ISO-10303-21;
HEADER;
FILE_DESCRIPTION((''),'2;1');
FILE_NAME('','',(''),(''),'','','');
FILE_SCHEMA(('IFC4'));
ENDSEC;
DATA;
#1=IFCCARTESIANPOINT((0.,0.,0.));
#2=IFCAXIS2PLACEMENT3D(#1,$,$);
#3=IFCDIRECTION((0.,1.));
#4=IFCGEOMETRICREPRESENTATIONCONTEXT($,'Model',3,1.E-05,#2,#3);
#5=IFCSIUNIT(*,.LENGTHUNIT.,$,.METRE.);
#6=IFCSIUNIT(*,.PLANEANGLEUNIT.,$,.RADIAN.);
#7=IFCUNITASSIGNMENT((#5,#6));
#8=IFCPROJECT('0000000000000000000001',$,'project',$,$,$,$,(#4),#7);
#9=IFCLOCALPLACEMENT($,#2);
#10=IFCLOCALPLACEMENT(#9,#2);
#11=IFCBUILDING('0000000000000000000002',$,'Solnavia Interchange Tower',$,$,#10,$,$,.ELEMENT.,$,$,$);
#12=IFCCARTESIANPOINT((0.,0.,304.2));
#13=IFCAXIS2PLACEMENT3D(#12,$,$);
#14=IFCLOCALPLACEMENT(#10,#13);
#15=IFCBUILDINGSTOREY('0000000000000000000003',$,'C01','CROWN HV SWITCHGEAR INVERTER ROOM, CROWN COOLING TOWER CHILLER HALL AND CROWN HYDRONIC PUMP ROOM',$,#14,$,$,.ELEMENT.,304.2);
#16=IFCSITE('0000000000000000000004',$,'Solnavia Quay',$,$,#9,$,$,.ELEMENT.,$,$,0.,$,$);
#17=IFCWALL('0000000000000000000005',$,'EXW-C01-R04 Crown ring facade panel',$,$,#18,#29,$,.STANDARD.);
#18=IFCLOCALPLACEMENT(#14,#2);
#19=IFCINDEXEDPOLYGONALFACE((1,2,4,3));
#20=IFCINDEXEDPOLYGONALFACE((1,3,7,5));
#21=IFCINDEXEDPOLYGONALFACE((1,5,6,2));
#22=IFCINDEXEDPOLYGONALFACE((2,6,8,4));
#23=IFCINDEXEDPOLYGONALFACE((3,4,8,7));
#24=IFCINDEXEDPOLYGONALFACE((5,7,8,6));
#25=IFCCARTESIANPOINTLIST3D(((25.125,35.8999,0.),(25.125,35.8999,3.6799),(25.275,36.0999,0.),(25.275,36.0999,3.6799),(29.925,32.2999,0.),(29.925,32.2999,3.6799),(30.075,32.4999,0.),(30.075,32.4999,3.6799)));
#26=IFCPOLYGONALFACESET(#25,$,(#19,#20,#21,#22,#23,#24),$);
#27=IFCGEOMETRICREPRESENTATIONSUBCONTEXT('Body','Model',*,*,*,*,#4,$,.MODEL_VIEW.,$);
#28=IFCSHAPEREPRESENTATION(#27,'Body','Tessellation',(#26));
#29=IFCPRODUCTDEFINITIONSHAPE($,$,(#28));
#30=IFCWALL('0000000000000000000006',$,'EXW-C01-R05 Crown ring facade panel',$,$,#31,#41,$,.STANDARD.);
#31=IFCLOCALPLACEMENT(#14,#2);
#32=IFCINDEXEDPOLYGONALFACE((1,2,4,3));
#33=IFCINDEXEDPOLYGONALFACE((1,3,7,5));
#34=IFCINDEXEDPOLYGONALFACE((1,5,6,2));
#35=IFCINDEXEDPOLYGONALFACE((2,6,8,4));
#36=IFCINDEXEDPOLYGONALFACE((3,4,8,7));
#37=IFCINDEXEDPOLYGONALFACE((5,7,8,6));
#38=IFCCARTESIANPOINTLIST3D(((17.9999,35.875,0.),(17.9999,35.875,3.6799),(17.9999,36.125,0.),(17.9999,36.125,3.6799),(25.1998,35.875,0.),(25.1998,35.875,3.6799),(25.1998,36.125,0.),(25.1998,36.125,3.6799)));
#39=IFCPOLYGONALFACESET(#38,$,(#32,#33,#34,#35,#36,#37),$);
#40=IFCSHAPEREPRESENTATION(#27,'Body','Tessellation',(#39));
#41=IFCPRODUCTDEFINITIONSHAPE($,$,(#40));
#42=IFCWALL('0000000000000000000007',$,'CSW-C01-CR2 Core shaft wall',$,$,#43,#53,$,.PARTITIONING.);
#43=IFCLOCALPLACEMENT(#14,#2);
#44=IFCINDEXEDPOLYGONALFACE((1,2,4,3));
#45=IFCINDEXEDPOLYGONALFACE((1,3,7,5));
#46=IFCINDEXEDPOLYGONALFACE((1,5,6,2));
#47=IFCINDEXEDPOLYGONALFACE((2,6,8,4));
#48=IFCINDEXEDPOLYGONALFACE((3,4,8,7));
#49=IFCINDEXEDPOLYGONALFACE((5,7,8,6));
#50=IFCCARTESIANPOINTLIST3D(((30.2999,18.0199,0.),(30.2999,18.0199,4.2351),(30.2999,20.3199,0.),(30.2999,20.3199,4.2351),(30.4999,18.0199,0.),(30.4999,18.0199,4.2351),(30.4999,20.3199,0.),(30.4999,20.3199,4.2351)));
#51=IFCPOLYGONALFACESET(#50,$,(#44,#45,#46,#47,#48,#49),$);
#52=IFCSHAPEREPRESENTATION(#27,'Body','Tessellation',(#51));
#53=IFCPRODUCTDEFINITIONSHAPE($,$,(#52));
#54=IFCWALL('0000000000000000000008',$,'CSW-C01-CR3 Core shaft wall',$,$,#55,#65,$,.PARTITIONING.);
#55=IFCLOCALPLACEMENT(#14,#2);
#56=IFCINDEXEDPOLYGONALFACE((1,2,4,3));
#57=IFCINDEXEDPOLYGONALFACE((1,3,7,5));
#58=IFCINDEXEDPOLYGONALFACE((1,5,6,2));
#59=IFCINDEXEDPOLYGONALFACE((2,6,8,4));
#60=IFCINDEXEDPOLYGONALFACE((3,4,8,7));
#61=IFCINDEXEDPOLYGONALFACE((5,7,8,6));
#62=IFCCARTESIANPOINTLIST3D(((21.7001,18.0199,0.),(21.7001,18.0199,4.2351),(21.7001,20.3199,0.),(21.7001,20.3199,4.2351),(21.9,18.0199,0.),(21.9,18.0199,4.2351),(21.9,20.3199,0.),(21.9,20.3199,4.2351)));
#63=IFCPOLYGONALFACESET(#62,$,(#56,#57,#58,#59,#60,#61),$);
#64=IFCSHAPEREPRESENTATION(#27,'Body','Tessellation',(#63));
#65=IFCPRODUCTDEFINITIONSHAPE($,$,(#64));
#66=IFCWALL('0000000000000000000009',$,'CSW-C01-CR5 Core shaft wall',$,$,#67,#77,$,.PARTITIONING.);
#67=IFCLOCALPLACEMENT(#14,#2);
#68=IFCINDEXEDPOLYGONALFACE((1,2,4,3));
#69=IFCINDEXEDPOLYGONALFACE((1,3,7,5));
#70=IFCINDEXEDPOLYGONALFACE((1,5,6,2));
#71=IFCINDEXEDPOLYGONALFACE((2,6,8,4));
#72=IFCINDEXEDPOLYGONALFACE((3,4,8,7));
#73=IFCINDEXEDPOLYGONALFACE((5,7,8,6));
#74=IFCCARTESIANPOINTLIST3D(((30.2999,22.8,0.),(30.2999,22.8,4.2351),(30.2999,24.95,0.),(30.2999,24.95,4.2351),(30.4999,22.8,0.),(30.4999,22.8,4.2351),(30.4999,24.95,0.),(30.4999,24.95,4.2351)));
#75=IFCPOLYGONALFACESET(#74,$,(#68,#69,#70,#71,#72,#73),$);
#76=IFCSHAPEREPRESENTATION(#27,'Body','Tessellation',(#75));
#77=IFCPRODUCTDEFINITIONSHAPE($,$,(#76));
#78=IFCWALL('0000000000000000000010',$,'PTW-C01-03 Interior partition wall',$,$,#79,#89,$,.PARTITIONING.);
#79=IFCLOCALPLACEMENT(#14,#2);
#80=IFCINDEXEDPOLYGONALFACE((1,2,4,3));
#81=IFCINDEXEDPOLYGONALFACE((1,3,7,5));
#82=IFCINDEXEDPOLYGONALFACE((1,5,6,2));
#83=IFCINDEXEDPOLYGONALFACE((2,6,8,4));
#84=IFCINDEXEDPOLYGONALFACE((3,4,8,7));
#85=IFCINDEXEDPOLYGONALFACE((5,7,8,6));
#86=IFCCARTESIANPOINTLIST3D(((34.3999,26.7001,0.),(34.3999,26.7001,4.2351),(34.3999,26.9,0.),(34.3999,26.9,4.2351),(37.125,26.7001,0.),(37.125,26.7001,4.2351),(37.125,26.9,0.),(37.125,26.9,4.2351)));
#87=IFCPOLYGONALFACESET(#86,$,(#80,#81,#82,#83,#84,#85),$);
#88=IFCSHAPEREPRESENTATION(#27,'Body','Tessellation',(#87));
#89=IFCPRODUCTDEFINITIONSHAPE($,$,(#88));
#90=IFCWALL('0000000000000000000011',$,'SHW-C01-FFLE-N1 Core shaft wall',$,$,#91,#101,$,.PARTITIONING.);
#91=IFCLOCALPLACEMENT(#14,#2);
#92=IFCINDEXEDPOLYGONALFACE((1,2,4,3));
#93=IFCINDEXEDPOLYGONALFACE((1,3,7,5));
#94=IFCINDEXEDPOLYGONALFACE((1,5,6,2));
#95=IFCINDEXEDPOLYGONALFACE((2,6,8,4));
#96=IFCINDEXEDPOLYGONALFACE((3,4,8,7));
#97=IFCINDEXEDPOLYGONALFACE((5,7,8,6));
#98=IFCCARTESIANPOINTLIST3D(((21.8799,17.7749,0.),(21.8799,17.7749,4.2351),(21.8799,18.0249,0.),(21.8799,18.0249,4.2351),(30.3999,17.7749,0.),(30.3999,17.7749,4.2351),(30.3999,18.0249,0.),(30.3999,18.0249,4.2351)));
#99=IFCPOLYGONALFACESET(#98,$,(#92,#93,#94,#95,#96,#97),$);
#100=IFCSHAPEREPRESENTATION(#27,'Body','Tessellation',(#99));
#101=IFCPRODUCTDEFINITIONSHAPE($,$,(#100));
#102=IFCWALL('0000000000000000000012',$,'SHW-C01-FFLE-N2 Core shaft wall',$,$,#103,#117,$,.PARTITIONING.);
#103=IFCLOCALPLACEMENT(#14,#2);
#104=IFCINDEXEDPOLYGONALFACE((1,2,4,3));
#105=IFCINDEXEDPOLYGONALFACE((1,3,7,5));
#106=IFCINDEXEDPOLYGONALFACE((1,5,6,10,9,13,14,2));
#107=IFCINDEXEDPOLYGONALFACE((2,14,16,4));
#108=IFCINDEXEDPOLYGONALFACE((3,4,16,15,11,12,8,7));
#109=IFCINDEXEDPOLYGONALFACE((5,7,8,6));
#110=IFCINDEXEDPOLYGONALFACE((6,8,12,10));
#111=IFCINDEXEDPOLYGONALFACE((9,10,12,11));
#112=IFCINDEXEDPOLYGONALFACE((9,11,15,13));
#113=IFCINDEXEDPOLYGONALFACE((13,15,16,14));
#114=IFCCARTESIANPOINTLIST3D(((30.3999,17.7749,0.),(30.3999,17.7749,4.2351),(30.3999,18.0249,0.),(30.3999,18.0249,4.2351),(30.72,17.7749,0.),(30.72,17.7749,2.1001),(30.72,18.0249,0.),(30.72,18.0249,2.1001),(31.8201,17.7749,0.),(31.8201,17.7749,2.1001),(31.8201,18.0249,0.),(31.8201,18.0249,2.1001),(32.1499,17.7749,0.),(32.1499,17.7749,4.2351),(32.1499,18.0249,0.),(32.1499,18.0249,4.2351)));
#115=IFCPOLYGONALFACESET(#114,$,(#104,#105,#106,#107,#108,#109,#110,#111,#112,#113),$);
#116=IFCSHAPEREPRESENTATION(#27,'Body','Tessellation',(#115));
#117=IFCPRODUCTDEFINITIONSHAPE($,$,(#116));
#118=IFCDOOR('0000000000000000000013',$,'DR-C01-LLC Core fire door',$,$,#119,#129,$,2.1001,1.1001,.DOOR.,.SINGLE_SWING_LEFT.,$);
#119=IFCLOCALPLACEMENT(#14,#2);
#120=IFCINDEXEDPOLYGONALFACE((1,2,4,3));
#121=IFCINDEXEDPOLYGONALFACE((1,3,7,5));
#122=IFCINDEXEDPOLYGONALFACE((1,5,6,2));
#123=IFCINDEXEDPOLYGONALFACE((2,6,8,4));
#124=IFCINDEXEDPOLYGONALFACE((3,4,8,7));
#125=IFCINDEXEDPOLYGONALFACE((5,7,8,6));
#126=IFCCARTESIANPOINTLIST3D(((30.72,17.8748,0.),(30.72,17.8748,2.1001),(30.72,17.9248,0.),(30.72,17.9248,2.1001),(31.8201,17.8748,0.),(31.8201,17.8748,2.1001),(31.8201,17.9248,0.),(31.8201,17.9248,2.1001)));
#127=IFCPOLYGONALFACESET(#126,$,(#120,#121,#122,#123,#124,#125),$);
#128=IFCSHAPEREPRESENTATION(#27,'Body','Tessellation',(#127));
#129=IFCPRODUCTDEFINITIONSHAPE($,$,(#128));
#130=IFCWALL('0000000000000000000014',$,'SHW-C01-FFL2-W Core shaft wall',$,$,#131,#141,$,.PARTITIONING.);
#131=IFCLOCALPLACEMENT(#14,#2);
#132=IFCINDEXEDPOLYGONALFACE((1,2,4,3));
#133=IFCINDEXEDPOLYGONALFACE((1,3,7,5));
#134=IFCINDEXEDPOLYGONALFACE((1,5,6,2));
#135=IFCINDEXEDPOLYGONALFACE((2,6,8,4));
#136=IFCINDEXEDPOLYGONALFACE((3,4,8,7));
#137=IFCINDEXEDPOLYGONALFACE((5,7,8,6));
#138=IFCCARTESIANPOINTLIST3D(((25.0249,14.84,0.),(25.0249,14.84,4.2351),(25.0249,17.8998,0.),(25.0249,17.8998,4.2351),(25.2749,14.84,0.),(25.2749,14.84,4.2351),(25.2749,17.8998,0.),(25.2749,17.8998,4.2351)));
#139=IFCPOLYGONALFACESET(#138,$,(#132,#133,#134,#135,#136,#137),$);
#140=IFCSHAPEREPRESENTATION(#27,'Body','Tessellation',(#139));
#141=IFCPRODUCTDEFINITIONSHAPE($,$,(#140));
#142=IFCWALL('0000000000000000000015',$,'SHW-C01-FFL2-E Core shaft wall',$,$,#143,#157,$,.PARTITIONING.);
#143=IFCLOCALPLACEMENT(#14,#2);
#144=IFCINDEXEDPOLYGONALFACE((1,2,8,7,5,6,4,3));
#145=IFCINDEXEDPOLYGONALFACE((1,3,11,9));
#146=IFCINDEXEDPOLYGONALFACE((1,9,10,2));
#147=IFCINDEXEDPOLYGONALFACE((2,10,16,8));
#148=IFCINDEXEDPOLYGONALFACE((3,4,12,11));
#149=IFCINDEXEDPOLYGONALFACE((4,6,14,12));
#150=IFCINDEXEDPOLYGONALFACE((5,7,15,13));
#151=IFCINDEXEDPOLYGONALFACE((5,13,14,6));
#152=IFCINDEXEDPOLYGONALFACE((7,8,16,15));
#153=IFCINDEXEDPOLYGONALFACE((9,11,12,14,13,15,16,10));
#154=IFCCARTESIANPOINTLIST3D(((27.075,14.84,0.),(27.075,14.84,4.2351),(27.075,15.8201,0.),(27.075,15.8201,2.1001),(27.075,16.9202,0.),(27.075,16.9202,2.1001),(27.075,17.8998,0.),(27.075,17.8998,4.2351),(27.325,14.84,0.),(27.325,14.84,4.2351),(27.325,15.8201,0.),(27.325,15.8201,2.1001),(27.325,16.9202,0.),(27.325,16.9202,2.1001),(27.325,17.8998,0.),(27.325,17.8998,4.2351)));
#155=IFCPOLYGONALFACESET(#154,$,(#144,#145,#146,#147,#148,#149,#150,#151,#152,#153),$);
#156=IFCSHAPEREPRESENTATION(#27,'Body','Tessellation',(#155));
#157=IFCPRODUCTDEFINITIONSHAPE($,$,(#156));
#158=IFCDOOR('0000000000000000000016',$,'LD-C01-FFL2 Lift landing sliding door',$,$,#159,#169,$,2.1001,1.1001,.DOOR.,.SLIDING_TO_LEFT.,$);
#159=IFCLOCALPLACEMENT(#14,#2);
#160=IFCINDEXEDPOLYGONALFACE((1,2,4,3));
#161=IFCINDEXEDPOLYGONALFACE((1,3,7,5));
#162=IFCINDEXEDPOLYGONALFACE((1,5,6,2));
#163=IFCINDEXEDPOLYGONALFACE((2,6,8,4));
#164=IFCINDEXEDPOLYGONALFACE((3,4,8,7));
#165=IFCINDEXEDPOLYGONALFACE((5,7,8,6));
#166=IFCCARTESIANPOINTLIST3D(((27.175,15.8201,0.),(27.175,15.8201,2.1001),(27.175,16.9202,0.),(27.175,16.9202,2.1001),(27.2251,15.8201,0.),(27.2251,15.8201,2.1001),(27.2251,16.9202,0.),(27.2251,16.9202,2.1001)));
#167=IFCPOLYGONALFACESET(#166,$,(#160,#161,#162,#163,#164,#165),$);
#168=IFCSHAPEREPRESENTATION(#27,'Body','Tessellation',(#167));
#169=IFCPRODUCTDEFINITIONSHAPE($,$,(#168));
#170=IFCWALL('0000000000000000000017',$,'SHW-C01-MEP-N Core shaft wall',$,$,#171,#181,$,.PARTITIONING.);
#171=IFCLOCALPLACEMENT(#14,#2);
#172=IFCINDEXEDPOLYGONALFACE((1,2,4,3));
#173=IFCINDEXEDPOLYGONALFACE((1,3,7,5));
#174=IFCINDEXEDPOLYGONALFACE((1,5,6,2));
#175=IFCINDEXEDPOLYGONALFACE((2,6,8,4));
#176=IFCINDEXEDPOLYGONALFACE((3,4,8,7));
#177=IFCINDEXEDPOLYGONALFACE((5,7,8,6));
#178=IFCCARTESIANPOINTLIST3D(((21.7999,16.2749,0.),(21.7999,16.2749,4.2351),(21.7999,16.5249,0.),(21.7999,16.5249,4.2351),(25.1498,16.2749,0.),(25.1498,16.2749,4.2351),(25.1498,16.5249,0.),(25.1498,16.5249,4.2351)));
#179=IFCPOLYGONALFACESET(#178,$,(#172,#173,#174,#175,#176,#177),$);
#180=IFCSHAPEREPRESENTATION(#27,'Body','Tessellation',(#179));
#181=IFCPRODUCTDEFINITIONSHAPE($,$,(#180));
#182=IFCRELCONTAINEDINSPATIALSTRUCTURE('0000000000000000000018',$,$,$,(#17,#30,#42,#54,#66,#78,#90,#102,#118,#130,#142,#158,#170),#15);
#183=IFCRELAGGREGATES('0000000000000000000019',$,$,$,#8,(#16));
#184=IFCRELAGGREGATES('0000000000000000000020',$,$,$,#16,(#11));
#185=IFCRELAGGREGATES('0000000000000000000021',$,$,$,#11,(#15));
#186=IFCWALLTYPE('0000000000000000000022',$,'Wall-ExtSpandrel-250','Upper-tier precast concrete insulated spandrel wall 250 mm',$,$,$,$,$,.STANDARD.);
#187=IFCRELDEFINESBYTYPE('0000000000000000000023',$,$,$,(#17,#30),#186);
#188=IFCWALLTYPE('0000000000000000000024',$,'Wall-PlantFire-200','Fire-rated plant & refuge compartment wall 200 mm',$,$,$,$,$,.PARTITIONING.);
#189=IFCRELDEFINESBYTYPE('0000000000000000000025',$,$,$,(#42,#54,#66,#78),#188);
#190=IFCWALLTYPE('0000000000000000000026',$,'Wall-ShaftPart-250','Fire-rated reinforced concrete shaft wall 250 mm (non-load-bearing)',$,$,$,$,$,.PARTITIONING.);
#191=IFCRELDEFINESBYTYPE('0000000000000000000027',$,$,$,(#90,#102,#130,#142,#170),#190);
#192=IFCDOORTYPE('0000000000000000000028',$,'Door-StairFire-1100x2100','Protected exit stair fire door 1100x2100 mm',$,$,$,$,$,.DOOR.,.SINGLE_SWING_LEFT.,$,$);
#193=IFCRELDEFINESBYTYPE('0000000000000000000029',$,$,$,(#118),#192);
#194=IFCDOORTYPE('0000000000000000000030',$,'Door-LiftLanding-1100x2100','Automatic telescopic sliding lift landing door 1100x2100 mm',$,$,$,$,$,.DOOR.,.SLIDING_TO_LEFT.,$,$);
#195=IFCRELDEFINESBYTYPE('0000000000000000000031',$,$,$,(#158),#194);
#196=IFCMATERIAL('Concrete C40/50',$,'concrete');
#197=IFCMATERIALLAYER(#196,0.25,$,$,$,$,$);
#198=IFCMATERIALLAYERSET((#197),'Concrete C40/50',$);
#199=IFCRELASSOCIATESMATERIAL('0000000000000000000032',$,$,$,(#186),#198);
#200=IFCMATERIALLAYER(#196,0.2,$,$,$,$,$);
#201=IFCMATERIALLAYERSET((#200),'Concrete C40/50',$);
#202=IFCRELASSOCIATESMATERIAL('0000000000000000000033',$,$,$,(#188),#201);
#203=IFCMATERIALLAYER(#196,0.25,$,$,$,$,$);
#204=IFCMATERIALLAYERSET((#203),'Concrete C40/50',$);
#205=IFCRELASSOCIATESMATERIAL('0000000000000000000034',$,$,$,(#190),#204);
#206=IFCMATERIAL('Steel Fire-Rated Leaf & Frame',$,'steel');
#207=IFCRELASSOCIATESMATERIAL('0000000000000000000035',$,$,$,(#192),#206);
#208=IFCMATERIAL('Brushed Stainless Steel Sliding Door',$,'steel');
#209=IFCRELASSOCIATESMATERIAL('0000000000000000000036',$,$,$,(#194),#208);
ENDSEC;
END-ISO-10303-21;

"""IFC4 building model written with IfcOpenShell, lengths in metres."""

from ifc_helpers import new_model, si_unit, direction, frame, frame_2d, origin, place, context, subcontext, project, spatial, rectangle, extrude, material, layer, layer_set, type_object, element, fill, save


model = new_model("IFC4")

# Units and contexts
model_context = context("Model", 3, precision=1e-05, world=origin(), true_north=direction((0.0, 1.0)))
body_context = subcontext(model_context, "Body", "Model", "MODEL_VIEW")
ifc_project = project(units=[si_unit("LENGTHUNIT", "METRE"), si_unit("PLANEANGLEUNIT", "RADIAN")], contexts=[model_context])

# Site, building, storey
site_placement = place(None, origin())
site = spatial("IfcSite", under=ifc_project, at=site_placement, Name="Solnavia Quay", CompositionType="ELEMENT", RefElevation=0.0)
building_placement = place(site_placement, origin())
building = spatial("IfcBuilding", under=site, at=building_placement, Name="Solnavia Interchange Tower", CompositionType="ELEMENT")
storey_placement = place(building_placement, frame((0.0, 0.0, 304.2)))
storey = spatial("IfcBuildingStorey", under=building, at=storey_placement, Name="C01", Description="CROWN HV SWITCHGEAR INVERTER ROOM, CROWN COOLING TOWER CHILLER HALL AND CROWN HYDRONIC PUMP ROOM", CompositionType="ELEMENT", Elevation=304.2)

# Walls
ifc_material_1 = material(Name="Concrete C40/50", Category="concrete")
ifc_layer_1 = layer(ifc_material_1, 0.25)
ifc_layer_set_1 = layer_set([ifc_layer_1], Name="Concrete C40/50")
wall_type_1 = type_object("IfcWallType", Name="Wall-ExtSpandrel-250", Description="Upper-tier precast concrete insulated spandrel wall 250 mm", PredefinedType="STANDARD", material=ifc_layer_set_1)
for number, where, z_axis, x_axis, name in (
    (1, (30.0, 32.3999, 0.0), (0.0, 0.0, 1.0), (-0.799995, 0.600007, 0.0), "EXW-C01-R04 Crown ring facade panel"),
):
    element("IfcWall", number, at=place(storey_placement, frame(where, z_axis=z_axis, x_axis=x_axis)), inside=storey, type_object=wall_type_1, Name=name, PredefinedType="STANDARD", context=body_context, shape_type="SweptSolid", body=[
        extrude(rectangle(XDim=6.0, YDim=0.25, at=frame_2d((3.0, 0.0))), origin(), (0.0, 0.0, 1.0), 3.6799),
    ])
wall_1_placement = place(storey_placement, frame((25.2, 36.0, 0.0), z_axis=(0.0, 0.0, 1.0), x_axis=(-1.0, 0.0, 0.0)))
element("IfcWall", 2, at=wall_1_placement, inside=storey, type_object=wall_type_1, Name="EXW-C01-R05 Crown ring facade panel", PredefinedType="STANDARD", context=body_context, shape_type="SweptSolid", body=[
    extrude(rectangle(XDim=7.2, YDim=0.25, at=frame_2d((3.6001, 0.0))), origin(), (0.0, 0.0, 1.0), 3.6799),
])
ifc_layer_2 = layer(ifc_material_1, 0.2)
ifc_layer_set_2 = layer_set([ifc_layer_2], Name="Concrete C40/50")
wall_type_2 = type_object("IfcWallType", Name="Wall-PlantFire-200", Description="Fire-rated plant & refuge compartment wall 200 mm", PredefinedType="PARTITIONING", material=ifc_layer_set_2)
for number, where, z_axis, x_axis, name in (
    (3, (30.3999, 18.02, 0.0), (0.0, 0.0, 1.0), (0.0, 1.0, 0.0), "CSW-C01-CR2 Core shaft wall"),
    (4, (21.8, 18.02, 0.0), (0.0, 0.0, 1.0), (0.0, 1.0, 0.0), "CSW-C01-CR3 Core shaft wall"),
):
    element("IfcWall", number, at=place(storey_placement, frame(where, z_axis=z_axis, x_axis=x_axis)), inside=storey, type_object=wall_type_2, Name=name, PredefinedType="PARTITIONING", context=body_context, shape_type="SweptSolid", body=[
        extrude(rectangle(XDim=2.3, YDim=0.2, at=frame_2d((1.1499, 0.0))), origin(), (0.0, 0.0, 1.0), 4.2351),
    ])
wall_2_placement = place(storey_placement, frame((30.3999, 22.8, 0.0), z_axis=(0.0, 0.0, 1.0), x_axis=(0.0, 1.0, 0.0)))
element("IfcWall", 5, at=wall_2_placement, inside=storey, type_object=wall_type_2, Name="CSW-C01-CR5 Core shaft wall", PredefinedType="PARTITIONING", context=body_context, shape_type="SweptSolid", body=[
    extrude(rectangle(XDim=2.1499, YDim=0.2, at=frame_2d((1.075, 0.0))), origin(), (0.0, 0.0, 1.0), 4.2351),
])
wall_3_placement = place(storey_placement, frame((34.3999, 26.8, 0.0), z_axis=(0.0, 0.0, 1.0), x_axis=(1.0, 0.0, 0.0)))
element("IfcWall", 6, at=wall_3_placement, inside=storey, type_object=wall_type_2, Name="PTW-C01-03 Interior partition wall", PredefinedType="PARTITIONING", context=body_context, shape_type="SweptSolid", body=[
    extrude(rectangle(XDim=2.7251, YDim=0.2, at=frame_2d((1.3625, 0.0))), origin(), (0.0, 0.0, 1.0), 4.2351),
])
ifc_layer_3 = layer(ifc_material_1, 0.25)
ifc_layer_set_3 = layer_set([ifc_layer_3], Name="Concrete C40/50")
wall_type_3 = type_object("IfcWallType", Name="Wall-ShaftPart-250", Description="Fire-rated reinforced concrete shaft wall 250 mm (non-load-bearing)", PredefinedType="PARTITIONING", material=ifc_layer_set_3)
wall_4_placement = place(storey_placement, frame((21.8799, 17.8999, 0.0), z_axis=(0.0, 0.0, 1.0), x_axis=(1.0, 0.0, 0.0)))
element("IfcWall", 7, at=wall_4_placement, inside=storey, type_object=wall_type_3, Name="SHW-C01-FFLE-N1 Core shaft wall", PredefinedType="PARTITIONING", context=body_context, shape_type="SweptSolid", body=[
    extrude(rectangle(XDim=8.52, YDim=0.25, at=frame_2d((4.26, 0.0))), origin(), (0.0, 0.0, 1.0), 4.2351),
])

# Wall, opening, door
wall_5_placement = place(storey_placement, frame((30.3999, 17.8999, 0.0), z_axis=(0.0, 0.0, 1.0), x_axis=(1.0, 0.0, 0.0)))
wall_5 = element("IfcWall", 8, at=wall_5_placement, inside=storey, type_object=wall_type_3, Name="SHW-C01-FFLE-N2 Core shaft wall", PredefinedType="PARTITIONING", context=body_context, shape_type="SweptSolid", body=[
    extrude(rectangle(XDim=1.75, YDim=0.25, at=frame_2d((0.875, 0.0))), origin(), (0.0, 0.0, 1.0), 4.2351),
])
opening_1_placement = place(wall_5_placement, frame((0.3201, 0.0, 0.0)))
opening_1 = element("IfcOpeningElement", 9, at=opening_1_placement, cuts=wall_5, PredefinedType="OPENING", context=body_context, shape_type="SweptSolid", body=[
    extrude(rectangle(XDim=1.1001, YDim=2.1001, at=frame_2d((0.55, 1.05))), frame((0.0, 0.135, 0.0), z_axis=(0.0, -1.0, 0.0), x_axis=(1.0, 0.0, 0.0)), (0.0, 0.0, 1.0), 0.27),
])
ifc_material_2 = material(Name="Steel Fire-Rated Leaf & Frame", Category="steel")
door_type_1 = type_object("IfcDoorType", Name="Door-StairFire-1100x2100", Description="Protected exit stair fire door 1100x2100 mm", OperationType="SINGLE_SWING_LEFT", PredefinedType="DOOR", material=ifc_material_2)
door_1_placement = place(opening_1_placement, origin())
door_1 = element("IfcDoor", 10, at=door_1_placement, inside=storey, type_object=door_type_1, Name="DR-C01-LLC Core fire door", OperationType="SINGLE_SWING_LEFT", OverallHeight=2.1001, OverallWidth=1.1001, PredefinedType="DOOR", context=body_context, shape_type="SweptSolid", body=[
    extrude(rectangle(XDim=1.1001, YDim=2.1001, at=frame_2d((0.55, 1.05))), frame((0.0, 0.0249, 0.0), z_axis=(0.0, -1.0, 0.0), x_axis=(1.0, 0.0, 0.0)), (0.0, 0.0, 1.0), 0.05),
])
fill(opening_1, door_1)

# Wall
wall_6_placement = place(storey_placement, frame((25.1499, 14.8401, 0.0), z_axis=(0.0, 0.0, 1.0), x_axis=(0.0, 1.0, 0.0)))
element("IfcWall", 11, at=wall_6_placement, inside=storey, type_object=wall_type_3, Name="SHW-C01-FFL2-W Core shaft wall", PredefinedType="PARTITIONING", context=body_context, shape_type="SweptSolid", body=[
    extrude(rectangle(XDim=3.0598, YDim=0.25, at=frame_2d((1.5298, 0.0))), origin(), (0.0, 0.0, 1.0), 4.2351),
])

# Wall, opening, door
wall_7_placement = place(storey_placement, frame((27.2, 14.8401, 0.0), z_axis=(0.0, 0.0, 1.0), x_axis=(0.0, 1.0, 0.0)))
wall_7 = element("IfcWall", 12, at=wall_7_placement, inside=storey, type_object=wall_type_3, Name="SHW-C01-FFL2-E Core shaft wall", PredefinedType="PARTITIONING", context=body_context, shape_type="SweptSolid", body=[
    extrude(rectangle(XDim=3.0598, YDim=0.25, at=frame_2d((1.5298, 0.0))), origin(), (0.0, 0.0, 1.0), 4.2351),
])
opening_2_placement = place(wall_7_placement, frame((0.98, 0.0, 0.0)))
opening_2 = element("IfcOpeningElement", 13, at=opening_2_placement, cuts=wall_7, PredefinedType="OPENING", context=body_context, shape_type="SweptSolid", body=[
    extrude(rectangle(XDim=1.1001, YDim=2.1001, at=frame_2d((0.55, 1.05))), frame((0.0, 0.135, 0.0), z_axis=(0.0, -1.0, 0.0), x_axis=(1.0, 0.0, 0.0)), (0.0, 0.0, 1.0), 0.27),
])
ifc_material_3 = material(Name="Brushed Stainless Steel Sliding Door", Category="steel")
door_type_2 = type_object("IfcDoorType", Name="Door-LiftLanding-1100x2100", Description="Automatic telescopic sliding lift landing door 1100x2100 mm", OperationType="SLIDING_TO_LEFT", PredefinedType="DOOR", material=ifc_material_3)
door_2_placement = place(opening_2_placement, origin())
door_2 = element("IfcDoor", 14, at=door_2_placement, inside=storey, type_object=door_type_2, Name="LD-C01-FFL2 Lift landing sliding door", OperationType="SLIDING_TO_LEFT", OverallHeight=2.1001, OverallWidth=1.1001, PredefinedType="DOOR", context=body_context, shape_type="SweptSolid", body=[
    extrude(rectangle(XDim=1.1001, YDim=2.1001, at=frame_2d((0.55, 1.05))), frame((0.0, 0.0249, 0.0), z_axis=(0.0, -1.0, 0.0), x_axis=(1.0, 0.0, 0.0)), (0.0, 0.0, 1.0), 0.05),
])
fill(opening_2, door_2)

# Wall
wall_8_placement = place(storey_placement, frame((21.8, 16.3999, 0.0), z_axis=(0.0, 0.0, 1.0), x_axis=(1.0, 0.0, 0.0)))
element("IfcWall", 15, at=wall_8_placement, inside=storey, type_object=wall_type_3, Name="SHW-C01-MEP-N Core shaft wall", PredefinedType="PARTITIONING", context=body_context, shape_type="SweptSolid", body=[
    extrude(rectangle(XDim=3.3499, YDim=0.25, at=frame_2d((1.6748, 0.0))), origin(), (0.0, 0.0, 1.0), 4.2351),
])

save(model, "model.ifc")
